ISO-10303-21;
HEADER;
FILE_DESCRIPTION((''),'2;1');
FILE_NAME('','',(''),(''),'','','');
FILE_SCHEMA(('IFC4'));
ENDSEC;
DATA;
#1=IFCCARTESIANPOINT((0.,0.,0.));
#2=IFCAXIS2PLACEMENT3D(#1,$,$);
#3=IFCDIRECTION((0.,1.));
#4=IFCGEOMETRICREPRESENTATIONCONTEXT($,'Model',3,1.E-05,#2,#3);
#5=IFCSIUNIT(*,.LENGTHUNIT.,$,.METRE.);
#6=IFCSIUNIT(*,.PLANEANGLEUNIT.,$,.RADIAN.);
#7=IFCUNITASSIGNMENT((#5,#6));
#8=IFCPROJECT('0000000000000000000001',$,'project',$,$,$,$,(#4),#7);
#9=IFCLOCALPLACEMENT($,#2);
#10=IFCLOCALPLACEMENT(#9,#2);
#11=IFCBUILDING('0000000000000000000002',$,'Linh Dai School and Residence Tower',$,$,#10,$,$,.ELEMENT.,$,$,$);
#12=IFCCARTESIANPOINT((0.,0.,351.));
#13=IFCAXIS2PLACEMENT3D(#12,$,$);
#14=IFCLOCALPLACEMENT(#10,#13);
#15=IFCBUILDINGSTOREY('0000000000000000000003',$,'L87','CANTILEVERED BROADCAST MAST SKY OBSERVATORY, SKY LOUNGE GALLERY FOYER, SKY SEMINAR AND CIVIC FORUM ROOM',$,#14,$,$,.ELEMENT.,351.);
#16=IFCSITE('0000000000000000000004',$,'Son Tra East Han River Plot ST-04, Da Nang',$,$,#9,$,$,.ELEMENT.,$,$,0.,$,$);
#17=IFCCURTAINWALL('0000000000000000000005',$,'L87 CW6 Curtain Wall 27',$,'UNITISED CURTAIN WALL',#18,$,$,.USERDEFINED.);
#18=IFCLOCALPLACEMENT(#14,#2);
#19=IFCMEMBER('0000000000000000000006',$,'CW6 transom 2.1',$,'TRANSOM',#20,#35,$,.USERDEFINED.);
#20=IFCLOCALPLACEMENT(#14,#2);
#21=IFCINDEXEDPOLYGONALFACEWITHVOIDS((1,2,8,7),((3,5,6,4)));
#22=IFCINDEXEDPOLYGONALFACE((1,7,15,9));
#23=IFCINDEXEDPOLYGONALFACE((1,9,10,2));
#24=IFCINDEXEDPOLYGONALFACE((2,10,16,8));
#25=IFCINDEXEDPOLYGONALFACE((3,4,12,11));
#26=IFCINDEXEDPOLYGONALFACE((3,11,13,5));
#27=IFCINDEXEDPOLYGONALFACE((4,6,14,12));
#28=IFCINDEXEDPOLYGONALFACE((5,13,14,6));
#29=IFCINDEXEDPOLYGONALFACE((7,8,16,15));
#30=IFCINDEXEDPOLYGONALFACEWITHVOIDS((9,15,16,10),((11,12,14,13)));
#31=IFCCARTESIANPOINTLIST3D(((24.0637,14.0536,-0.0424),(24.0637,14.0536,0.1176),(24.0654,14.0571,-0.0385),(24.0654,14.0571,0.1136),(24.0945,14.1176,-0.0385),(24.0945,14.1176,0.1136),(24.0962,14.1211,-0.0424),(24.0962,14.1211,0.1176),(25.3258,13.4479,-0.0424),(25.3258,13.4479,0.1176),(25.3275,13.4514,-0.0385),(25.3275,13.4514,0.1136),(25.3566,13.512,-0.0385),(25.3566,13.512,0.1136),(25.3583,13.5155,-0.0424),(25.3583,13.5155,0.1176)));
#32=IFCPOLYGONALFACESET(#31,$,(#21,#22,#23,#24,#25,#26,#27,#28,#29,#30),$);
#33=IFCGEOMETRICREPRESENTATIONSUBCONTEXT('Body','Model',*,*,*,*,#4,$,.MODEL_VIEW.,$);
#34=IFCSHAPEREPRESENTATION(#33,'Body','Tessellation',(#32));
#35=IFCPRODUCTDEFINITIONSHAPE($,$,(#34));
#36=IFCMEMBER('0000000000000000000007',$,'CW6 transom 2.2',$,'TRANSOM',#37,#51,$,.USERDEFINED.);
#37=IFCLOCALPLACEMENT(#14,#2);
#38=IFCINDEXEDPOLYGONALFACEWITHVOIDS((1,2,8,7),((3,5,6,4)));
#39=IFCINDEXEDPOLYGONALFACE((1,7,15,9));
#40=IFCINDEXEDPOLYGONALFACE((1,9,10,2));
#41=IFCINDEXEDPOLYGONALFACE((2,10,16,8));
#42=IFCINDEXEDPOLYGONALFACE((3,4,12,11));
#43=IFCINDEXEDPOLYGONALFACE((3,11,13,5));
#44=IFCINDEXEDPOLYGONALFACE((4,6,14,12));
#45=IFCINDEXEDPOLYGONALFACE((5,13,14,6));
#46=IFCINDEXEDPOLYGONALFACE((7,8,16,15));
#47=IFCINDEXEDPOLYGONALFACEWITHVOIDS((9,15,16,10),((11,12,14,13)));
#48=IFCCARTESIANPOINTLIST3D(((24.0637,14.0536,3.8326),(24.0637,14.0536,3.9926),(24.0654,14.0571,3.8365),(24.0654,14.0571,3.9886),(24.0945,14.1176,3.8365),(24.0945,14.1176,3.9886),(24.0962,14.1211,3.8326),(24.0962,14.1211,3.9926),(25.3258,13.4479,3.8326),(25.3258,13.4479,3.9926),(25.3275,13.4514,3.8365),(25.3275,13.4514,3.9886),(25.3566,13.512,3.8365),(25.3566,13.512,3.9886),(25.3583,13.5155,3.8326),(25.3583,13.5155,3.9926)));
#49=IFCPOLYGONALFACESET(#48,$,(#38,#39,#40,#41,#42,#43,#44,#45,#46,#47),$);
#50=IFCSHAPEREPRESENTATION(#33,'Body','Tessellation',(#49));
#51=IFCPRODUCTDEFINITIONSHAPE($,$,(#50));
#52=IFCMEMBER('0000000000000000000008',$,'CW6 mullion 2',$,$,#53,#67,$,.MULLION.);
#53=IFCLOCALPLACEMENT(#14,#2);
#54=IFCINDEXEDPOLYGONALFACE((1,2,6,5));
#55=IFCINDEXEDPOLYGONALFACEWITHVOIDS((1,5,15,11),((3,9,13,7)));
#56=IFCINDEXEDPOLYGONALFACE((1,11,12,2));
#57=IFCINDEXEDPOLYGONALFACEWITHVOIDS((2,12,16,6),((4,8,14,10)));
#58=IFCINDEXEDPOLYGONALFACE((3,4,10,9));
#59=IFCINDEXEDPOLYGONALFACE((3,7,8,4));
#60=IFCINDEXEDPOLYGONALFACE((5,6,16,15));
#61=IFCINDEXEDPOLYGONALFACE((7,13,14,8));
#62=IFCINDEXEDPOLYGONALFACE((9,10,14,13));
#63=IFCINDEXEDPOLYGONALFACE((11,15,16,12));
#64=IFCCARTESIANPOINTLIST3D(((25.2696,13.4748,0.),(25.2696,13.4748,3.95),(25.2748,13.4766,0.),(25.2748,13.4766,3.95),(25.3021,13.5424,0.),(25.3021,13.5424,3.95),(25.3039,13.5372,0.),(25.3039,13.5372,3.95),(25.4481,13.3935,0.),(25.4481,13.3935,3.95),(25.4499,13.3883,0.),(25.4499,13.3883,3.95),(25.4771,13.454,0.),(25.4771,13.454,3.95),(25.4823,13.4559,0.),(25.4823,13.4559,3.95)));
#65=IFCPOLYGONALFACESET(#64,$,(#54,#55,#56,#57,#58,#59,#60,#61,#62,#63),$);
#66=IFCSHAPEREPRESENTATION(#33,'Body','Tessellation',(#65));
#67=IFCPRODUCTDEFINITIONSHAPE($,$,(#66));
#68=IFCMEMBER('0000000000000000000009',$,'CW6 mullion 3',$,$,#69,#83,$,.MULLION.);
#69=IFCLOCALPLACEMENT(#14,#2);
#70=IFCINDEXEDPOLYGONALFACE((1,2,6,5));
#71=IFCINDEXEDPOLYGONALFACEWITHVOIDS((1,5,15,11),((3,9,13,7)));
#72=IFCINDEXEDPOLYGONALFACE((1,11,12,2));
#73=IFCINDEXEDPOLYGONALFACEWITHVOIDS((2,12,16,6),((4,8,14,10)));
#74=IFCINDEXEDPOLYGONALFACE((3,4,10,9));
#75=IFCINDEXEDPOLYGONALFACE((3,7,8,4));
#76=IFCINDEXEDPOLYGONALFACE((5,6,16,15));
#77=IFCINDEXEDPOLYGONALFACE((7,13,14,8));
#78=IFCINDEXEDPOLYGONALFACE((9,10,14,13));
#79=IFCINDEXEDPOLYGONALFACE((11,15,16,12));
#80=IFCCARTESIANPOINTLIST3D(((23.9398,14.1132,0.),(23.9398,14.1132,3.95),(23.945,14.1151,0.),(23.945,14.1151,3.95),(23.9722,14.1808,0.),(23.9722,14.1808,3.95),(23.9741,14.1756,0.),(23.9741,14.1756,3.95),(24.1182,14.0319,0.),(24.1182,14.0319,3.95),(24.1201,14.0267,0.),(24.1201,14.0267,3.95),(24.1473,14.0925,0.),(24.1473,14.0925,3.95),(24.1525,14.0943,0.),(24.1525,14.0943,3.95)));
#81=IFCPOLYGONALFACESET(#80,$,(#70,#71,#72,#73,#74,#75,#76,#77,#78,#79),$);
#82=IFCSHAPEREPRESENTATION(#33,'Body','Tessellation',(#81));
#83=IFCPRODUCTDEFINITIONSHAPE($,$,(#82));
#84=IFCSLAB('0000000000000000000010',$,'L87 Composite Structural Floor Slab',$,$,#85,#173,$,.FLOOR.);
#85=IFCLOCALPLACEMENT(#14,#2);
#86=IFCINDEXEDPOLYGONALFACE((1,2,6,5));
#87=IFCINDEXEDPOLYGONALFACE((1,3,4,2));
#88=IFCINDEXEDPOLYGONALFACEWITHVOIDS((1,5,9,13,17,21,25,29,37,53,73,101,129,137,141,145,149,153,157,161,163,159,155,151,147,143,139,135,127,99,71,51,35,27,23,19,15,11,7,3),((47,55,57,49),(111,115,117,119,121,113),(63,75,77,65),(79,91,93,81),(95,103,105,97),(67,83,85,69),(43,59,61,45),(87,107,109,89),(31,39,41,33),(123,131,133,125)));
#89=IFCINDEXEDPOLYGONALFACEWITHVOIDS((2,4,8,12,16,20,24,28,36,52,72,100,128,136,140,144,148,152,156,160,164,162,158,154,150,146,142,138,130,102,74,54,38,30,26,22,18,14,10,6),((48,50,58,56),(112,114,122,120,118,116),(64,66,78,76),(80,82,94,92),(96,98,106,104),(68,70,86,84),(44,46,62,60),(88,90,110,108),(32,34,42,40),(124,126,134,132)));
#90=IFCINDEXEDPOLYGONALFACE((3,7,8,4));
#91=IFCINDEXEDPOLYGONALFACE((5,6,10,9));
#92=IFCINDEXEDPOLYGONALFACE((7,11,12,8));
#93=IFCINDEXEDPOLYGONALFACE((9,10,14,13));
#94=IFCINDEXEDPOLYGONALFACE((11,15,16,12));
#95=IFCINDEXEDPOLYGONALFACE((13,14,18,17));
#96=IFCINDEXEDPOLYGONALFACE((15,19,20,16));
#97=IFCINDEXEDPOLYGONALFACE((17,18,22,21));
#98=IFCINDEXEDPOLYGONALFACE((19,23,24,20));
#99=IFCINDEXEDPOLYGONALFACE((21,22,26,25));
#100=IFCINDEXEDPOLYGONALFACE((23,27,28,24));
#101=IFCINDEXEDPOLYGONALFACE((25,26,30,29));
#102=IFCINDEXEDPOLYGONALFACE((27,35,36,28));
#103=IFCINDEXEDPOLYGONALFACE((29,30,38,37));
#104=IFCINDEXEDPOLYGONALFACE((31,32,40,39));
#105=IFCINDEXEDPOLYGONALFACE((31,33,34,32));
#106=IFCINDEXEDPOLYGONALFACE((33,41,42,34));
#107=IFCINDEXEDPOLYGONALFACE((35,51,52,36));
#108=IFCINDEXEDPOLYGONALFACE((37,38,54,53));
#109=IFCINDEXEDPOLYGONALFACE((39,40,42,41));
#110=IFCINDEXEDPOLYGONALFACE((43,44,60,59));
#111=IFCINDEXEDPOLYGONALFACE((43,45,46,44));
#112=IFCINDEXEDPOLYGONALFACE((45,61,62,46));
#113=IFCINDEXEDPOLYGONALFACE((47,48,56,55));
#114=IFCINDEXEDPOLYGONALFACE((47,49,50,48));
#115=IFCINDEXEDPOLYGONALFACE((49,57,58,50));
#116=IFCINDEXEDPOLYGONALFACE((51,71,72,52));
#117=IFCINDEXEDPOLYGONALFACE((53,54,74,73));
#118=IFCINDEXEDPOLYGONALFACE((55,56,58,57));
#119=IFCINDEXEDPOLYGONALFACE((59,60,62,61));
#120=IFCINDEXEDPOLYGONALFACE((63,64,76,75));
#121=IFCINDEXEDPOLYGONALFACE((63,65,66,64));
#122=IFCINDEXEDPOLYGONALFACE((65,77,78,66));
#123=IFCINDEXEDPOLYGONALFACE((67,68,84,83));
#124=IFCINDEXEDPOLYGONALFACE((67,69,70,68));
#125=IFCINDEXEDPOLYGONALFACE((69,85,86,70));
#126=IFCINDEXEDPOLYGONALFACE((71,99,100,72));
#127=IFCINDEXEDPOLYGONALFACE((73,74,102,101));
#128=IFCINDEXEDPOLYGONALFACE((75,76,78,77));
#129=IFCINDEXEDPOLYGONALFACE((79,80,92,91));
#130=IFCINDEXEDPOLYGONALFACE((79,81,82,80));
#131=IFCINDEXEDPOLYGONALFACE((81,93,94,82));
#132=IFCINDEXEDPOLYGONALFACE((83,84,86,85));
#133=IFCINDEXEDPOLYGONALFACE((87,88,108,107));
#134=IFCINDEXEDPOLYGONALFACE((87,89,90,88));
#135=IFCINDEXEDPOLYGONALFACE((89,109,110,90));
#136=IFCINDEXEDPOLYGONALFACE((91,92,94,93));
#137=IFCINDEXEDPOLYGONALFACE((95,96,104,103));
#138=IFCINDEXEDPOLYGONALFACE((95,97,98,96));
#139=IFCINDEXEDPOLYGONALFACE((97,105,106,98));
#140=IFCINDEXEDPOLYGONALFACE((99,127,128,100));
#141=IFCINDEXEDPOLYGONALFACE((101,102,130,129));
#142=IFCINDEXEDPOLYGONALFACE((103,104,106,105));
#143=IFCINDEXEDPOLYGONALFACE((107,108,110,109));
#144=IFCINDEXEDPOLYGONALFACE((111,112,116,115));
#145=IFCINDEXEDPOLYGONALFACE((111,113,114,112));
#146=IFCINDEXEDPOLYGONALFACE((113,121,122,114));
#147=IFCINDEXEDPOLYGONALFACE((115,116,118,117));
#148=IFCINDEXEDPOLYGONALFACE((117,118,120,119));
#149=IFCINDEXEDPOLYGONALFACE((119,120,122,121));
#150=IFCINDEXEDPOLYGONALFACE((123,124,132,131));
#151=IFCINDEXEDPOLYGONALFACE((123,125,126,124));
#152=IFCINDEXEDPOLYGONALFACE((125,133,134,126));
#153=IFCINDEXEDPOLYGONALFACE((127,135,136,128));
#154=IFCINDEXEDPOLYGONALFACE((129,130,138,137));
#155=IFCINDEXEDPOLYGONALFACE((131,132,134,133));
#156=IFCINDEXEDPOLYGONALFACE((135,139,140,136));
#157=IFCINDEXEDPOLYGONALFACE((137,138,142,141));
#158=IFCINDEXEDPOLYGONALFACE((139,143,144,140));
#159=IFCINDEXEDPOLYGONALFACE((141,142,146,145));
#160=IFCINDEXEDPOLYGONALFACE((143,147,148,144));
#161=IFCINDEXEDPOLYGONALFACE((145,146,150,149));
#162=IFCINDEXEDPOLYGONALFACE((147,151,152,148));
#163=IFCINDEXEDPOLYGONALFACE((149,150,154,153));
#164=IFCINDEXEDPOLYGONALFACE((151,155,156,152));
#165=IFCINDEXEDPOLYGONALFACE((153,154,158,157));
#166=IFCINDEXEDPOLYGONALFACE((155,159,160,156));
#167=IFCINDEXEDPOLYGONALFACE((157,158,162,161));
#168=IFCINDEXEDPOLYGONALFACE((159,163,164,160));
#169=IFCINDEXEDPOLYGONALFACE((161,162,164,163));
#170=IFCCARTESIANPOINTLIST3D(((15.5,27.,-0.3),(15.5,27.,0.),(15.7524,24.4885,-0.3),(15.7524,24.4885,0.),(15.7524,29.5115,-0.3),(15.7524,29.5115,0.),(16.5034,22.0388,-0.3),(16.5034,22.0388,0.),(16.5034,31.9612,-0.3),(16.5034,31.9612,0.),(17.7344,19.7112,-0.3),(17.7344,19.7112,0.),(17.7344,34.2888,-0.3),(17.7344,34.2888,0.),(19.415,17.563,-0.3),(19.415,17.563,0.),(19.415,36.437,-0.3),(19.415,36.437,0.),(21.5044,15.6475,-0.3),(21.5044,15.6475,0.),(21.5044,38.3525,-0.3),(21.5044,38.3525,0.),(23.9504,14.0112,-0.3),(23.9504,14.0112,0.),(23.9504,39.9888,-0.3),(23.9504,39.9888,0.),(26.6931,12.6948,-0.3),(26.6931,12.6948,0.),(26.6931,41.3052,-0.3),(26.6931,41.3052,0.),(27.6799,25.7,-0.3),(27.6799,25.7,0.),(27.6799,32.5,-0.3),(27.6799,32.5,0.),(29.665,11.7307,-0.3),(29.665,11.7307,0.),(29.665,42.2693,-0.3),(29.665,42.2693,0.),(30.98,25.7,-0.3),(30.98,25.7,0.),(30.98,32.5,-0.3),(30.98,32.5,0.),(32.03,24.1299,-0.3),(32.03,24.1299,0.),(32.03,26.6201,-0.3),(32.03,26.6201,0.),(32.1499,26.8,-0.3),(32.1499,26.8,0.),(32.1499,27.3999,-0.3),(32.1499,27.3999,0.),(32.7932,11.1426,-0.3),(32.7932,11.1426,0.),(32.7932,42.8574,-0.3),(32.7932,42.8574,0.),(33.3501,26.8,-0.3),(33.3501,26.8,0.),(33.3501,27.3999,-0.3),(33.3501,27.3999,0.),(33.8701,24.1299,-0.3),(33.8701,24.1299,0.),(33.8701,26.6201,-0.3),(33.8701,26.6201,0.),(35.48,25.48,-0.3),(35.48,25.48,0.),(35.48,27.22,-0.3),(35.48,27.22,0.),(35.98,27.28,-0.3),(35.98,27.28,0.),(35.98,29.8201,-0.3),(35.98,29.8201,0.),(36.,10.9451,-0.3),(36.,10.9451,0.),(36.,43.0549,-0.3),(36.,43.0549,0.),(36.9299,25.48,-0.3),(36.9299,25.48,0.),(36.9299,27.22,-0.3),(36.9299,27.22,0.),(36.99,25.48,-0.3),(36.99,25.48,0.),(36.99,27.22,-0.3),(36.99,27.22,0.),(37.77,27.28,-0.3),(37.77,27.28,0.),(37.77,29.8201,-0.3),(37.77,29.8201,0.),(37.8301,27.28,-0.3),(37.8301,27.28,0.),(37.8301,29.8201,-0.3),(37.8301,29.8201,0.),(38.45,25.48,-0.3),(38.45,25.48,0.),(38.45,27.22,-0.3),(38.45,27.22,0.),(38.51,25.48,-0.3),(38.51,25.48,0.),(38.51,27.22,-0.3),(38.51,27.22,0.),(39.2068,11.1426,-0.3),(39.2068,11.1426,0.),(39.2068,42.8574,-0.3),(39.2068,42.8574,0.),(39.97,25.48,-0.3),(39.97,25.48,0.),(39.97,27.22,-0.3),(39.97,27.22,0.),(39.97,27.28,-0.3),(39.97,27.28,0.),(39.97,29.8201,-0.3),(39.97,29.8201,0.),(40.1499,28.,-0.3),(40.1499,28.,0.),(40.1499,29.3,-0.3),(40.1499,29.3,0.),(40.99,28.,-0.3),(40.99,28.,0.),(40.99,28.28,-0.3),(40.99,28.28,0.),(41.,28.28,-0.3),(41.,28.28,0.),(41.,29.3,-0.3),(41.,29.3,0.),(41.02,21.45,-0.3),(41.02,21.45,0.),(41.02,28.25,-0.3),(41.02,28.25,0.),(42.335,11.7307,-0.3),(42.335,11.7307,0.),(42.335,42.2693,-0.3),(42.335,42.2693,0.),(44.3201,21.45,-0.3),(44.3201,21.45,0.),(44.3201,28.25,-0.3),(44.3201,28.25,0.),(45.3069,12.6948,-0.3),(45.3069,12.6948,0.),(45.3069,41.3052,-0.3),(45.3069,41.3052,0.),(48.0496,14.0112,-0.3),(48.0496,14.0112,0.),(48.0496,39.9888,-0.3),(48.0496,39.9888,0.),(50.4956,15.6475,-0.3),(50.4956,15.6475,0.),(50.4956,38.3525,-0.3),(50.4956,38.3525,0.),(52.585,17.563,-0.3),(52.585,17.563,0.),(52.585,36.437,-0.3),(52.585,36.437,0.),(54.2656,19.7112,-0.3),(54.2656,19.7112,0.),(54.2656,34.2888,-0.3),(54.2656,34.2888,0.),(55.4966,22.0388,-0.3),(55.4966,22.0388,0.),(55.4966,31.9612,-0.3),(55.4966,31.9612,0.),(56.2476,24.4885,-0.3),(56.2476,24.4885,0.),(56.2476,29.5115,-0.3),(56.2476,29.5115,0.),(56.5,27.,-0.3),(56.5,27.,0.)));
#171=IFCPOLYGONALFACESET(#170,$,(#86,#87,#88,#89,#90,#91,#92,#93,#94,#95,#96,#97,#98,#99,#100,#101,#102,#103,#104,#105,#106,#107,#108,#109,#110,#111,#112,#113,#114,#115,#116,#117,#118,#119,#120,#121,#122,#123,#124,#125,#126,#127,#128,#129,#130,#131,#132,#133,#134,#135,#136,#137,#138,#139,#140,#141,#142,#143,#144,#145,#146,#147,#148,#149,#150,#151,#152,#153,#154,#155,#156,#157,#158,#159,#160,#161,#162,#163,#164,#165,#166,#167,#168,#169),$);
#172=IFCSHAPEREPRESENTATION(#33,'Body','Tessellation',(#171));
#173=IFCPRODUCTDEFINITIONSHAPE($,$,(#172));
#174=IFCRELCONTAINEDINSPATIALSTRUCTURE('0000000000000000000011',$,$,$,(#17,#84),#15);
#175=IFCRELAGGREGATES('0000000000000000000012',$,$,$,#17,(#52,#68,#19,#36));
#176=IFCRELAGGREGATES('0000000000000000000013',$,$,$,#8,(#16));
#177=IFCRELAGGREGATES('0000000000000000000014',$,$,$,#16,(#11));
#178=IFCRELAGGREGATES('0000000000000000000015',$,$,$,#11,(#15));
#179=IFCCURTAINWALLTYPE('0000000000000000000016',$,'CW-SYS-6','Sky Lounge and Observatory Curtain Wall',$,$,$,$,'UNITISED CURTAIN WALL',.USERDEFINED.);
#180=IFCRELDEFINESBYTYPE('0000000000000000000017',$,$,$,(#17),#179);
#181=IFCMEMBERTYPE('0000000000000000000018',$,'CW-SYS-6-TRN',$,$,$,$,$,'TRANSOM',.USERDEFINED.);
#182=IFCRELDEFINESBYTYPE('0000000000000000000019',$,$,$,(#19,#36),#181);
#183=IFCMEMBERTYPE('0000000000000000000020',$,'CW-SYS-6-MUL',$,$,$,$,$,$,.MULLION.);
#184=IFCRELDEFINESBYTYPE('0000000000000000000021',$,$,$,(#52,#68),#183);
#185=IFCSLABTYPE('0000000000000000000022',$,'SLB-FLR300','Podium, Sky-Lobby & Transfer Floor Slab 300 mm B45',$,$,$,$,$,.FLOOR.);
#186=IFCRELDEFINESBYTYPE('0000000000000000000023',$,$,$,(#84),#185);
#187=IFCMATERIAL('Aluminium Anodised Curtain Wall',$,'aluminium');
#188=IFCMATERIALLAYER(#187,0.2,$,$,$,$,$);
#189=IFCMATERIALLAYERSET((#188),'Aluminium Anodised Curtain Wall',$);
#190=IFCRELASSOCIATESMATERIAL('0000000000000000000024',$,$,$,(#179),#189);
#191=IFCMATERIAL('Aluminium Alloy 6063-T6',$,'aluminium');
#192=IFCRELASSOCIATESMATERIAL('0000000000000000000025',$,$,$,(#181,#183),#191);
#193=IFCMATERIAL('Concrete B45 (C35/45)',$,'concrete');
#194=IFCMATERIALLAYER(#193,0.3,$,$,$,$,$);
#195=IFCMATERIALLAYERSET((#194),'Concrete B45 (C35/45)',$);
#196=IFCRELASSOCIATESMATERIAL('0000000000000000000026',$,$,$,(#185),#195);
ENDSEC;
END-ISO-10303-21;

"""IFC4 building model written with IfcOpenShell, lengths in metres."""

from ifc_helpers import new_model, si_unit, direction, frame, origin, origin_2d, place, context, subcontext, project, spatial, polyline, hollow_rectangle, outline, extrude, source, transform, mapped, material, layer, layer_set, material_profile, profile_set, type_object, element, aggregate, save


model = new_model("IFC4")

# Units and contexts
model_context = context("Model", 3, precision=1e-05, world=origin(), true_north=direction((0.0, 1.0)))
body_context = subcontext(model_context, "Body", "Model", "MODEL_VIEW")
ifc_project = project(units=[si_unit("LENGTHUNIT", "METRE"), si_unit("PLANEANGLEUNIT", "RADIAN")], contexts=[model_context])

# Site, building, storey
site_placement = place(None, origin())
site = spatial("IfcSite", under=ifc_project, at=site_placement, Name="Son Tra East Han River Plot ST-04, Da Nang", CompositionType="ELEMENT", RefElevation=0.0)
building_placement = place(site_placement, origin())
building = spatial("IfcBuilding", under=site, at=building_placement, Name="Linh Dai School and Residence Tower", CompositionType="ELEMENT")
storey_placement = place(building_placement, frame((0.0, 0.0, 351.0)))
storey = spatial("IfcBuildingStorey", under=building, at=storey_placement, Name="L87", Description="CANTILEVERED BROADCAST MAST SKY OBSERVATORY, SKY LOUNGE GALLERY FOYER, SKY SEMINAR AND CIVIC FORUM ROOM", CompositionType="ELEMENT", Elevation=351.0)

# Curtain wall, members
ifc_material_1 = material(Name="Aluminium Anodised Curtain Wall", Category="aluminium")
ifc_layer_1 = layer(ifc_material_1, 0.2)
ifc_layer_set_1 = layer_set([ifc_layer_1], Name="Aluminium Anodised Curtain Wall")
curtain_wall_type = type_object("IfcCurtainWallType", Name="CW-SYS-6", Description="Sky Lounge and Observatory Curtain Wall", ElementType="UNITISED CURTAIN WALL", PredefinedType="USERDEFINED", material=ifc_layer_set_1)
curtain_wall_placement = place(storey_placement, origin())
curtain_wall = element("IfcCurtainWall", 1, at=curtain_wall_placement, inside=storey, type_object=curtain_wall_type, Name="L87 CW6 Curtain Wall 27", ObjectType="UNITISED CURTAIN WALL", PredefinedType="USERDEFINED")
ifc_material_2 = material(Name="Aluminium Alloy 6063-T6", Category="aluminium")
ifc_material_profile_1 = material_profile(ifc_material_2, hollow_rectangle(XDim=0.075, YDim=0.1599, WallThickness=0.0039, at=origin_2d()), Name="RHS 160x75x4")
ifc_profile_set_1 = profile_set([ifc_material_profile_1], Name="Aluminium Alloy 6063-T6")
member_type_1 = type_object("IfcMemberType", Name="CW-SYS-6-TRN", ElementType="TRANSOM", PredefinedType="USERDEFINED", material=ifc_profile_set_1)
shared_shape_1 = source(origin(), body_context, "Body", "SweptSolid", [
    extrude(hollow_rectangle(XDim=0.075, YDim=0.1599, WallThickness=0.0039, at=origin_2d()), origin(), (0.0, 0.0, 1.0), 1.3999),
])
member_1_placement = place(storey_placement, frame((25.342, 13.4817, 0.0376), z_axis=(-0.901564, 0.432646, 0.0), x_axis=(-0.432646, -0.901564, 0.0)))
member_1 = element("IfcMember", 2, at=member_1_placement, type_object=member_type_1, Name="CW6 transom 2.1", ObjectType="TRANSOM", PredefinedType="USERDEFINED", context=body_context, shape_type="MappedRepresentation", body=[
    mapped(shared_shape_1, transform((0.0, 0.0, 0.0), x_axis=(1.0, 0.0, 0.0), y_axis=(0.0, 1.0, 0.0), z_axis=(0.0, 0.0, 1.0), scale=1.0)),
])
member_2_placement = place(storey_placement, frame((25.342, 13.4817, 3.9126), z_axis=(-0.901564, 0.432646, 0.0), x_axis=(-0.432646, -0.901564, 0.0)))
member_2 = element("IfcMember", 3, at=member_2_placement, type_object=member_type_1, Name="CW6 transom 2.2", ObjectType="TRANSOM", PredefinedType="USERDEFINED", context=body_context, shape_type="MappedRepresentation", body=[
    mapped(shared_shape_1, transform((0.0, 0.0, 0.0), x_axis=(1.0, 0.0, 0.0), y_axis=(0.0, 1.0, 0.0), z_axis=(0.0, 0.0, 1.0), scale=1.0)),
])
ifc_material_profile_2 = material_profile(ifc_material_2, hollow_rectangle(XDim=0.075, YDim=0.2, WallThickness=0.0039, at=origin_2d()), Name="RHS 200x75x4")
ifc_profile_set_2 = profile_set([ifc_material_profile_2], Name="Aluminium Alloy 6063-T6")
member_type_2 = type_object("IfcMemberType", Name="CW-SYS-6-MUL", PredefinedType="MULLION", material=ifc_profile_set_2)
shared_shape_2 = source(origin(), body_context, "Body", "SweptSolid", [
    extrude(hollow_rectangle(XDim=0.075, YDim=0.2, WallThickness=0.0039, at=origin_2d()), origin(), (0.0, 0.0, 1.0), 3.95),
])
member_3_placement = place(storey_placement, frame((25.376, 13.4653, 0.0), z_axis=(0.0, 0.0, 1.0), x_axis=(-0.432674, -0.901551, 0.0)))
member_3 = element("IfcMember", 4, at=member_3_placement, type_object=member_type_2, Name="CW6 mullion 2", PredefinedType="MULLION", context=body_context, shape_type="MappedRepresentation", body=[
    mapped(shared_shape_2, transform((0.0, 0.0, 0.0), x_axis=(1.0, 0.0, 0.0), y_axis=(0.0, 1.0, 0.0), z_axis=(0.0, 0.0, 1.0), scale=1.0)),
])
member_4_placement = place(storey_placement, frame((24.0461, 14.1038, 0.0), z_axis=(0.0, 0.0, 1.0), x_axis=(-0.432674, -0.901551, 0.0)))
member_4 = element("IfcMember", 5, at=member_4_placement, type_object=member_type_2, Name="CW6 mullion 3", PredefinedType="MULLION", context=body_context, shape_type="MappedRepresentation", body=[
    mapped(shared_shape_2, transform((0.0, 0.0, 0.0), x_axis=(1.0, 0.0, 0.0), y_axis=(0.0, 1.0, 0.0), z_axis=(0.0, 0.0, 1.0), scale=1.0)),
])

# Slab
ifc_material_3 = material(Name="Concrete B45 (C35/45)", Category="concrete")
ifc_layer_2 = layer(ifc_material_3, 0.3)
ifc_layer_set_2 = layer_set([ifc_layer_2], Name="Concrete B45 (C35/45)")
slab_type_1 = type_object("IfcSlabType", Name="SLB-FLR300", Description="Podium, Sky-Lobby & Transfer Floor Slab 300 mm B45", PredefinedType="FLOOR", material=ifc_layer_set_2)
slab_1_placement = place(storey_placement, frame((0.0, 0.0, -0.3)))
element("IfcSlab", 6, at=slab_1_placement, inside=storey, type_object=slab_type_1, Name="L87 Composite Structural Floor Slab", PredefinedType="FLOOR", context=body_context, shape_type="SweptSolid", body=[
    extrude(outline(polyline([(56.5, 27.0), (56.2476, 29.5115), (55.4966, 31.9612), (54.2656, 34.2888), (52.585, 36.437), (50.4956, 38.3525), (48.0496, 39.9888), (45.3069, 41.3052), (42.335, 42.2693), (39.2068, 42.8574), (36.0, 43.0549), (32.7932, 42.8574), (29.665, 42.2693), (26.6931, 41.3052), (23.9504, 39.9888), (21.5044, 38.3525), (19.415, 36.437), (17.7344, 34.2888), (16.5034, 31.9612), (15.7524, 29.5115), (15.5, 27.0), (15.7524, 24.4885), (16.5034, 22.0388), (17.7344, 19.7112), (19.415, 17.563), (21.5044, 15.6475), (23.9504, 14.0112), (26.6931, 12.6948), (29.665, 11.7307), (32.7932, 11.1426), (36.0, 10.9451), (39.2068, 11.1426), (42.335, 11.7307), (45.3069, 12.6948), (48.0496, 14.0112), (50.4956, 15.6475), (52.585, 17.563), (54.2656, 19.7112), (55.4966, 22.0388), (56.2476, 24.4885), (56.5, 27.0)]), holes=[polyline([(30.98, 25.7), (30.98, 32.5), (27.6799, 32.5), (27.6799, 25.7), (30.98, 25.7)]), polyline([(41.02, 28.25), (41.02, 21.45), (44.3201, 21.45), (44.3201, 28.25), (41.02, 28.25)]), polyline([(35.98, 27.28), (37.77, 27.28), (37.77, 29.8201), (35.98, 29.8201), (35.98, 27.28)]), polyline([(32.03, 24.1299), (33.8701, 24.1299), (33.8701, 26.6201), (32.03, 26.6201), (32.03, 24.1299)]), polyline([(37.8301, 27.28), (39.97, 27.28), (39.97, 29.8201), (37.8301, 29.8201), (37.8301, 27.28)]), polyline([(35.48, 25.48), (36.9299, 25.48), (36.9299, 27.22), (35.48, 27.22), (35.48, 25.48)]), polyline([(36.99, 25.48), (38.45, 25.48), (38.45, 27.22), (36.99, 27.22), (36.99, 25.48)]), polyline([(38.51, 25.48), (39.97, 25.48), (39.97, 27.22), (38.51, 27.22), (38.51, 25.48)]), polyline([(40.1499, 28.0), (40.1499, 29.3), (41.0, 29.3), (41.0, 28.28), (40.99, 28.28), (40.99, 28.0), (40.1499, 28.0)]), polyline([(32.1499, 26.8), (33.3501, 26.8), (33.3501, 27.3999), (32.1499, 27.3999), (32.1499, 26.8)])]), origin(), (0.0, 0.0, 1.0), 0.3),
])

aggregate(curtain_wall, [member_3, member_4, member_1, member_2])

save(model, "model.ifc")
